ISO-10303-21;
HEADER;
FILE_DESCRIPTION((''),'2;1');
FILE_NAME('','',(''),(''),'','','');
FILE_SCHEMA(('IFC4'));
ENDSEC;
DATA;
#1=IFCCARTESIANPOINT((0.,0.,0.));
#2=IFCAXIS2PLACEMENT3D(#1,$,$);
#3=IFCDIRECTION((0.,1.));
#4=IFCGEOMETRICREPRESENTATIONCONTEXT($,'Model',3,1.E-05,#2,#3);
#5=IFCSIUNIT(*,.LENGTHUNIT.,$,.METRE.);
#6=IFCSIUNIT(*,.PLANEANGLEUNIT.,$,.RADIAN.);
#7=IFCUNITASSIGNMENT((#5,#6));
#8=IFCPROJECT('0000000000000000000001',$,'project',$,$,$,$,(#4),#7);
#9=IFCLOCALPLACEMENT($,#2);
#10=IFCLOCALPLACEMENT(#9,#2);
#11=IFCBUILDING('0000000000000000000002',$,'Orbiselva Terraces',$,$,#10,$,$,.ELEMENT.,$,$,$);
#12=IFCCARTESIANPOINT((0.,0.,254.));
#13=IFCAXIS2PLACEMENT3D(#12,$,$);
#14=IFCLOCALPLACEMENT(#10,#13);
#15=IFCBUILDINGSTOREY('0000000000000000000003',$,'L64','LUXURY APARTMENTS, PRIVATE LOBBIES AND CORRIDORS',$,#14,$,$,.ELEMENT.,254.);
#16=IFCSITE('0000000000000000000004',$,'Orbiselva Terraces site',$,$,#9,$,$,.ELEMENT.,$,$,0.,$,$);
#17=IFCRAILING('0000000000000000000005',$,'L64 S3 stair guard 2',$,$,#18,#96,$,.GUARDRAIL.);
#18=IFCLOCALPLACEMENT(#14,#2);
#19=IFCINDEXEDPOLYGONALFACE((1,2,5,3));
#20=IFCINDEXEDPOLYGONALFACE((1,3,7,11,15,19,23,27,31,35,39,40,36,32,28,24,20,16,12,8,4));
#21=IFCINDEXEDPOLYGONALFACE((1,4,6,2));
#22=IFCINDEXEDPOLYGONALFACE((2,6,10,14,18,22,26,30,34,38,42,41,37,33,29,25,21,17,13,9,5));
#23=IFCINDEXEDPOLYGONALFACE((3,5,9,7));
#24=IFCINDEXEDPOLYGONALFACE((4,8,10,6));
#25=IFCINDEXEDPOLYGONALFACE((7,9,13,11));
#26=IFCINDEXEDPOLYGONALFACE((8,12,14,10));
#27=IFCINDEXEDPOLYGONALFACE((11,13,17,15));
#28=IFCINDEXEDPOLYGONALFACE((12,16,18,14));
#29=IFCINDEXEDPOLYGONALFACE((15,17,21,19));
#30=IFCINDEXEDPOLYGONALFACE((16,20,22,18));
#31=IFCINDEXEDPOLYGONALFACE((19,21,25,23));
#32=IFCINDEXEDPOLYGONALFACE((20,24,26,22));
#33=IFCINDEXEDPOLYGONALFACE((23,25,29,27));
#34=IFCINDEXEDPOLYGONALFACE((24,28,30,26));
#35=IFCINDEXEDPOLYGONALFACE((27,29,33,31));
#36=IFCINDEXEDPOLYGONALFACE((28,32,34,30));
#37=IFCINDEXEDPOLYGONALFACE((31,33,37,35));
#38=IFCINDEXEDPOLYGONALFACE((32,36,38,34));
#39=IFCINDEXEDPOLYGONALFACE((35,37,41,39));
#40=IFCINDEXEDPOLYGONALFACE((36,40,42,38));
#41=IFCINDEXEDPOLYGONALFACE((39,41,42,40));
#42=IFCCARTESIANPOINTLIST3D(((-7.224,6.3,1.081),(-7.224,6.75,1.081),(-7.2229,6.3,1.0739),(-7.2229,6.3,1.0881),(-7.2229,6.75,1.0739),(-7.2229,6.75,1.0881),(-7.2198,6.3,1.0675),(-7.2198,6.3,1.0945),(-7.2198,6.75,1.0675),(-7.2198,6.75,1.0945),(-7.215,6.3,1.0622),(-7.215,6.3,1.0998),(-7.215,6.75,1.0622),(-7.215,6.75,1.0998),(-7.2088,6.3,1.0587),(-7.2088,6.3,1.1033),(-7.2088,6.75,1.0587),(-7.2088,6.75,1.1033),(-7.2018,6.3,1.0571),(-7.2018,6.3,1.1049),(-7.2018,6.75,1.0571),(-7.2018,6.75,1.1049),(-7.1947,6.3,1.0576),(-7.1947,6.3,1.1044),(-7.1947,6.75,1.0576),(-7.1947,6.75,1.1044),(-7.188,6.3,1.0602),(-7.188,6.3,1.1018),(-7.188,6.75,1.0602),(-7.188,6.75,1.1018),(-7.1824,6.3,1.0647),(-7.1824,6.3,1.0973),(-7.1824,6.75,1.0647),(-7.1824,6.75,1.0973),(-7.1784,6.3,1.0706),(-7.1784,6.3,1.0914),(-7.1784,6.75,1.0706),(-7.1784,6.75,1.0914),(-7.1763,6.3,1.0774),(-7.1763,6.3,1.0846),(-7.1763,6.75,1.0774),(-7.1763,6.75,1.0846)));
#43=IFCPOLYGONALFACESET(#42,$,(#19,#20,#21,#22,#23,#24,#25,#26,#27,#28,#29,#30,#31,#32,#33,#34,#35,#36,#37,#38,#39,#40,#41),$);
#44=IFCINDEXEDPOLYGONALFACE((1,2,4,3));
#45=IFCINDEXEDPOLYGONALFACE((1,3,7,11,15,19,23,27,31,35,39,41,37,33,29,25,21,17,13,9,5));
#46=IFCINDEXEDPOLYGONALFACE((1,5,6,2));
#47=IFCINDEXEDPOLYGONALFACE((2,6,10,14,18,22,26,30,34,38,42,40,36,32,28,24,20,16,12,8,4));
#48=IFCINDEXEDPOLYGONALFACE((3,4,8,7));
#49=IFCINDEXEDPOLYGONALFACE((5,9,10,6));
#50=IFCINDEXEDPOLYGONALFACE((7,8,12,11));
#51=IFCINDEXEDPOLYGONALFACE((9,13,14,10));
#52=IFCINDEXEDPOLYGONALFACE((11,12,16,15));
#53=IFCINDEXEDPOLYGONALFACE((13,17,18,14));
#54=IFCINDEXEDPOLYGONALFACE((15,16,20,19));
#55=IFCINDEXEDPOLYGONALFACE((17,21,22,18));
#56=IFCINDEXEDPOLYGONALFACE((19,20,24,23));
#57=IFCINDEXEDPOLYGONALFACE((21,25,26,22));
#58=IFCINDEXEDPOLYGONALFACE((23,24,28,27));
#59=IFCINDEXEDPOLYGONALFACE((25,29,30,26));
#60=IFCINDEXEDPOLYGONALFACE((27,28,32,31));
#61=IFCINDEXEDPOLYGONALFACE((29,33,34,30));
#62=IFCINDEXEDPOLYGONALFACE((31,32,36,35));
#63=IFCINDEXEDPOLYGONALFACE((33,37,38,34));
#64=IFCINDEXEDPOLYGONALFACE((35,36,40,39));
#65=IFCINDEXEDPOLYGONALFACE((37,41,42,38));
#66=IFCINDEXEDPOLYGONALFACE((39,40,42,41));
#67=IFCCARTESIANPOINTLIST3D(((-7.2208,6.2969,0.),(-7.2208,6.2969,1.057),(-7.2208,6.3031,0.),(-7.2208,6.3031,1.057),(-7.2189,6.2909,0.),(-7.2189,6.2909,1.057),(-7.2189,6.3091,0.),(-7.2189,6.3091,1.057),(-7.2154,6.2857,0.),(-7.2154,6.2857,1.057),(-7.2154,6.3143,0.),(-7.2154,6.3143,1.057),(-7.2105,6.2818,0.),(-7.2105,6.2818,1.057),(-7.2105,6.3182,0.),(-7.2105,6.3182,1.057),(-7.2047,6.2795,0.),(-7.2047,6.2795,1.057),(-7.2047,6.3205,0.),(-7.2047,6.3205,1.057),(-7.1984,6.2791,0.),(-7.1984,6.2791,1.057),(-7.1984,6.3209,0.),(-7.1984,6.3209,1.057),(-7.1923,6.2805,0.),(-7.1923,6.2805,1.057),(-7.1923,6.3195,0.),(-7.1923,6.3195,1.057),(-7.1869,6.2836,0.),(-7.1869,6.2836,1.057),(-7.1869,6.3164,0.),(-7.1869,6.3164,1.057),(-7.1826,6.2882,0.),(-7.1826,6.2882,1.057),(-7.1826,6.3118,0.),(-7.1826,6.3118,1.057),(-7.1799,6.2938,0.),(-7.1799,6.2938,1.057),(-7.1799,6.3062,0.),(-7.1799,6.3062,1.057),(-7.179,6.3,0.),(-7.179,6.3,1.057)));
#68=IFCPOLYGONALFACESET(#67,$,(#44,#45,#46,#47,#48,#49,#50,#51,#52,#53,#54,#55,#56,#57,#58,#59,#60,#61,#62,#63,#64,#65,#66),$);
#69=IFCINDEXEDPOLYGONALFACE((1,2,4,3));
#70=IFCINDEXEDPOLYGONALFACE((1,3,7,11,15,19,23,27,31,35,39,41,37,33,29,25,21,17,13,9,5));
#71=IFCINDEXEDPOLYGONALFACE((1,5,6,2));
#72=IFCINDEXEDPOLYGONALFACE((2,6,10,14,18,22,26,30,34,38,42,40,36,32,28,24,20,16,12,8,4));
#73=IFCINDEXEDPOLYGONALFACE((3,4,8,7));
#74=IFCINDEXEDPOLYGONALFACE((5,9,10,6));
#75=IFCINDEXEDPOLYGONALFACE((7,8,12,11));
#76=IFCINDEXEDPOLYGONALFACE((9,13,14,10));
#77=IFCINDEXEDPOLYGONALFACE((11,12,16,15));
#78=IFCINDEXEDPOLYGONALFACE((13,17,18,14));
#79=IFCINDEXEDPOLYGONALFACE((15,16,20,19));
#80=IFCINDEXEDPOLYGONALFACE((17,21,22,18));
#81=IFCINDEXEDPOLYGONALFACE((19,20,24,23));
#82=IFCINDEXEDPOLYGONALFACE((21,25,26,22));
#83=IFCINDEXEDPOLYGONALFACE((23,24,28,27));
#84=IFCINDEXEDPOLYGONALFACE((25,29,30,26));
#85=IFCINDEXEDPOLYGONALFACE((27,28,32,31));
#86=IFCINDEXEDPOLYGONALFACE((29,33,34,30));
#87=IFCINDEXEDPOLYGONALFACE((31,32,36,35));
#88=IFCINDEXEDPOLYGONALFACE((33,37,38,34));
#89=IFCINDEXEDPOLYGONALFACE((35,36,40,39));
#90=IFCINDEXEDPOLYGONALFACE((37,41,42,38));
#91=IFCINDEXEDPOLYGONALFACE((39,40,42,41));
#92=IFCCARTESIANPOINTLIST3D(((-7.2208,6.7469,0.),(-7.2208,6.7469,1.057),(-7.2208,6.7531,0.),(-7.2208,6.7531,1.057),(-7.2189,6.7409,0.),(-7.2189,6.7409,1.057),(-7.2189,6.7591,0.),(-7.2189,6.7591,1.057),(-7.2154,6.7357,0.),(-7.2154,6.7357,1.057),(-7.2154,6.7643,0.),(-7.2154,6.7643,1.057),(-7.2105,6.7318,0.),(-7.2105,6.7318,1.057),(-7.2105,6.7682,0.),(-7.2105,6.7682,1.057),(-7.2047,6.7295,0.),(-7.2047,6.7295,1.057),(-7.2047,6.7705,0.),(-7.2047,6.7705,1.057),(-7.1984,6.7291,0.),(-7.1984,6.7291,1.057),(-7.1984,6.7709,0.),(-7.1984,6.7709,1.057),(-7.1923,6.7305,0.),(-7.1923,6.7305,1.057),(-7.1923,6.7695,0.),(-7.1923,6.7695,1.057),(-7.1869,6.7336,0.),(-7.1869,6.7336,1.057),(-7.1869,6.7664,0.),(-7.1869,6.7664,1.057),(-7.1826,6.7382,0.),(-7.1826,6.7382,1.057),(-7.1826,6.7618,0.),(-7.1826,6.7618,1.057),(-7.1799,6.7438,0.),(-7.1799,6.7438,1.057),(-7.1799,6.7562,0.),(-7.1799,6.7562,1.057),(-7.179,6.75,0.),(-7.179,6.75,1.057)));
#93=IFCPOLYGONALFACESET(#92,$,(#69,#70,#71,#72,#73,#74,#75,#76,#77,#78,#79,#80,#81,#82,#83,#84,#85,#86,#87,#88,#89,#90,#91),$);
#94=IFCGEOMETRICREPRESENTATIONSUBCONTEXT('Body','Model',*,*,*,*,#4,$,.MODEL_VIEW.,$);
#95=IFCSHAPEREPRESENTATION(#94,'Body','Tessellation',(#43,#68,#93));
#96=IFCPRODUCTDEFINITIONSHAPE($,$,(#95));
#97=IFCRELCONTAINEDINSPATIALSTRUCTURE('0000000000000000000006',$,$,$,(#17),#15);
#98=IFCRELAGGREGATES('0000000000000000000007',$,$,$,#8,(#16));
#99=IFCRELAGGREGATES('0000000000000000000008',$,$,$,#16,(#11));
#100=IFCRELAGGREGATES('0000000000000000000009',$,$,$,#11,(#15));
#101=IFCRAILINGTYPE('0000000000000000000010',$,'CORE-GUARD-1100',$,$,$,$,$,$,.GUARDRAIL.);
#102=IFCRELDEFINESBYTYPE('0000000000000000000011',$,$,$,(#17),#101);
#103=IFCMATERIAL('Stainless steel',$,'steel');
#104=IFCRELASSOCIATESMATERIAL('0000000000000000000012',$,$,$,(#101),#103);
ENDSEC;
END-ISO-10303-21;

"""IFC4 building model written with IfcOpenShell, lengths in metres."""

from ifc_helpers import new_model, si_unit, direction, frame, origin, origin_2d, place, context, subcontext, project, spatial, circle, extrude, material, type_object, element, save


model = new_model("IFC4")

# Units and contexts
model_context = context("Model", 3, precision=1e-05, world=origin(), true_north=direction((0.0, 1.0)))
body_context = subcontext(model_context, "Body", "Model", "MODEL_VIEW")
ifc_project = project(units=[si_unit("LENGTHUNIT", "METRE"), si_unit("PLANEANGLEUNIT", "RADIAN")], contexts=[model_context])

# Site, building, storey
site_placement = place(None, origin())
site = spatial("IfcSite", under=ifc_project, at=site_placement, Name="Orbiselva Terraces site", CompositionType="ELEMENT", RefElevation=0.0)
building_placement = place(site_placement, origin())
building = spatial("IfcBuilding", under=site, at=building_placement, Name="Orbiselva Terraces", CompositionType="ELEMENT")
storey_placement = place(building_placement, frame((0.0, 0.0, 254.0)))
storey = spatial("IfcBuildingStorey", under=building, at=storey_placement, Name="L64", Description="LUXURY APARTMENTS, PRIVATE LOBBIES AND CORRIDORS", CompositionType="ELEMENT", Elevation=254.0)

# Railing
ifc_material_1 = material(Name="Stainless steel", Category="steel")
railing_type_1 = type_object("IfcRailingType", Name="CORE-GUARD-1100", PredefinedType="GUARDRAIL", material=ifc_material_1)
railing_1_placement = place(storey_placement, frame((-7.2, 6.3, 0.0)))
element("IfcRailing", 1, at=railing_1_placement, inside=storey, type_object=railing_type_1, Name="L64 S3 stair guard 2", PredefinedType="GUARDRAIL", context=body_context, shape_type="SweptSolid", body=[
    extrude(circle(Radius=0.024, at=origin_2d()), frame((0.0, 0.0, 1.081), z_axis=(0.0, 1.0, 0.0), x_axis=(-1.0, 0.0, 0.0)), (0.0, 0.0, 1.0), 0.45),
    extrude(circle(Radius=0.021, at=origin_2d()), origin(), (0.0, 0.0, 1.0), 1.057),
    extrude(circle(Radius=0.021, at=origin_2d()), frame((0.0, 0.45, 0.0)), (0.0, 0.0, 1.0), 1.057),
])

save(model, "model.ifc")
